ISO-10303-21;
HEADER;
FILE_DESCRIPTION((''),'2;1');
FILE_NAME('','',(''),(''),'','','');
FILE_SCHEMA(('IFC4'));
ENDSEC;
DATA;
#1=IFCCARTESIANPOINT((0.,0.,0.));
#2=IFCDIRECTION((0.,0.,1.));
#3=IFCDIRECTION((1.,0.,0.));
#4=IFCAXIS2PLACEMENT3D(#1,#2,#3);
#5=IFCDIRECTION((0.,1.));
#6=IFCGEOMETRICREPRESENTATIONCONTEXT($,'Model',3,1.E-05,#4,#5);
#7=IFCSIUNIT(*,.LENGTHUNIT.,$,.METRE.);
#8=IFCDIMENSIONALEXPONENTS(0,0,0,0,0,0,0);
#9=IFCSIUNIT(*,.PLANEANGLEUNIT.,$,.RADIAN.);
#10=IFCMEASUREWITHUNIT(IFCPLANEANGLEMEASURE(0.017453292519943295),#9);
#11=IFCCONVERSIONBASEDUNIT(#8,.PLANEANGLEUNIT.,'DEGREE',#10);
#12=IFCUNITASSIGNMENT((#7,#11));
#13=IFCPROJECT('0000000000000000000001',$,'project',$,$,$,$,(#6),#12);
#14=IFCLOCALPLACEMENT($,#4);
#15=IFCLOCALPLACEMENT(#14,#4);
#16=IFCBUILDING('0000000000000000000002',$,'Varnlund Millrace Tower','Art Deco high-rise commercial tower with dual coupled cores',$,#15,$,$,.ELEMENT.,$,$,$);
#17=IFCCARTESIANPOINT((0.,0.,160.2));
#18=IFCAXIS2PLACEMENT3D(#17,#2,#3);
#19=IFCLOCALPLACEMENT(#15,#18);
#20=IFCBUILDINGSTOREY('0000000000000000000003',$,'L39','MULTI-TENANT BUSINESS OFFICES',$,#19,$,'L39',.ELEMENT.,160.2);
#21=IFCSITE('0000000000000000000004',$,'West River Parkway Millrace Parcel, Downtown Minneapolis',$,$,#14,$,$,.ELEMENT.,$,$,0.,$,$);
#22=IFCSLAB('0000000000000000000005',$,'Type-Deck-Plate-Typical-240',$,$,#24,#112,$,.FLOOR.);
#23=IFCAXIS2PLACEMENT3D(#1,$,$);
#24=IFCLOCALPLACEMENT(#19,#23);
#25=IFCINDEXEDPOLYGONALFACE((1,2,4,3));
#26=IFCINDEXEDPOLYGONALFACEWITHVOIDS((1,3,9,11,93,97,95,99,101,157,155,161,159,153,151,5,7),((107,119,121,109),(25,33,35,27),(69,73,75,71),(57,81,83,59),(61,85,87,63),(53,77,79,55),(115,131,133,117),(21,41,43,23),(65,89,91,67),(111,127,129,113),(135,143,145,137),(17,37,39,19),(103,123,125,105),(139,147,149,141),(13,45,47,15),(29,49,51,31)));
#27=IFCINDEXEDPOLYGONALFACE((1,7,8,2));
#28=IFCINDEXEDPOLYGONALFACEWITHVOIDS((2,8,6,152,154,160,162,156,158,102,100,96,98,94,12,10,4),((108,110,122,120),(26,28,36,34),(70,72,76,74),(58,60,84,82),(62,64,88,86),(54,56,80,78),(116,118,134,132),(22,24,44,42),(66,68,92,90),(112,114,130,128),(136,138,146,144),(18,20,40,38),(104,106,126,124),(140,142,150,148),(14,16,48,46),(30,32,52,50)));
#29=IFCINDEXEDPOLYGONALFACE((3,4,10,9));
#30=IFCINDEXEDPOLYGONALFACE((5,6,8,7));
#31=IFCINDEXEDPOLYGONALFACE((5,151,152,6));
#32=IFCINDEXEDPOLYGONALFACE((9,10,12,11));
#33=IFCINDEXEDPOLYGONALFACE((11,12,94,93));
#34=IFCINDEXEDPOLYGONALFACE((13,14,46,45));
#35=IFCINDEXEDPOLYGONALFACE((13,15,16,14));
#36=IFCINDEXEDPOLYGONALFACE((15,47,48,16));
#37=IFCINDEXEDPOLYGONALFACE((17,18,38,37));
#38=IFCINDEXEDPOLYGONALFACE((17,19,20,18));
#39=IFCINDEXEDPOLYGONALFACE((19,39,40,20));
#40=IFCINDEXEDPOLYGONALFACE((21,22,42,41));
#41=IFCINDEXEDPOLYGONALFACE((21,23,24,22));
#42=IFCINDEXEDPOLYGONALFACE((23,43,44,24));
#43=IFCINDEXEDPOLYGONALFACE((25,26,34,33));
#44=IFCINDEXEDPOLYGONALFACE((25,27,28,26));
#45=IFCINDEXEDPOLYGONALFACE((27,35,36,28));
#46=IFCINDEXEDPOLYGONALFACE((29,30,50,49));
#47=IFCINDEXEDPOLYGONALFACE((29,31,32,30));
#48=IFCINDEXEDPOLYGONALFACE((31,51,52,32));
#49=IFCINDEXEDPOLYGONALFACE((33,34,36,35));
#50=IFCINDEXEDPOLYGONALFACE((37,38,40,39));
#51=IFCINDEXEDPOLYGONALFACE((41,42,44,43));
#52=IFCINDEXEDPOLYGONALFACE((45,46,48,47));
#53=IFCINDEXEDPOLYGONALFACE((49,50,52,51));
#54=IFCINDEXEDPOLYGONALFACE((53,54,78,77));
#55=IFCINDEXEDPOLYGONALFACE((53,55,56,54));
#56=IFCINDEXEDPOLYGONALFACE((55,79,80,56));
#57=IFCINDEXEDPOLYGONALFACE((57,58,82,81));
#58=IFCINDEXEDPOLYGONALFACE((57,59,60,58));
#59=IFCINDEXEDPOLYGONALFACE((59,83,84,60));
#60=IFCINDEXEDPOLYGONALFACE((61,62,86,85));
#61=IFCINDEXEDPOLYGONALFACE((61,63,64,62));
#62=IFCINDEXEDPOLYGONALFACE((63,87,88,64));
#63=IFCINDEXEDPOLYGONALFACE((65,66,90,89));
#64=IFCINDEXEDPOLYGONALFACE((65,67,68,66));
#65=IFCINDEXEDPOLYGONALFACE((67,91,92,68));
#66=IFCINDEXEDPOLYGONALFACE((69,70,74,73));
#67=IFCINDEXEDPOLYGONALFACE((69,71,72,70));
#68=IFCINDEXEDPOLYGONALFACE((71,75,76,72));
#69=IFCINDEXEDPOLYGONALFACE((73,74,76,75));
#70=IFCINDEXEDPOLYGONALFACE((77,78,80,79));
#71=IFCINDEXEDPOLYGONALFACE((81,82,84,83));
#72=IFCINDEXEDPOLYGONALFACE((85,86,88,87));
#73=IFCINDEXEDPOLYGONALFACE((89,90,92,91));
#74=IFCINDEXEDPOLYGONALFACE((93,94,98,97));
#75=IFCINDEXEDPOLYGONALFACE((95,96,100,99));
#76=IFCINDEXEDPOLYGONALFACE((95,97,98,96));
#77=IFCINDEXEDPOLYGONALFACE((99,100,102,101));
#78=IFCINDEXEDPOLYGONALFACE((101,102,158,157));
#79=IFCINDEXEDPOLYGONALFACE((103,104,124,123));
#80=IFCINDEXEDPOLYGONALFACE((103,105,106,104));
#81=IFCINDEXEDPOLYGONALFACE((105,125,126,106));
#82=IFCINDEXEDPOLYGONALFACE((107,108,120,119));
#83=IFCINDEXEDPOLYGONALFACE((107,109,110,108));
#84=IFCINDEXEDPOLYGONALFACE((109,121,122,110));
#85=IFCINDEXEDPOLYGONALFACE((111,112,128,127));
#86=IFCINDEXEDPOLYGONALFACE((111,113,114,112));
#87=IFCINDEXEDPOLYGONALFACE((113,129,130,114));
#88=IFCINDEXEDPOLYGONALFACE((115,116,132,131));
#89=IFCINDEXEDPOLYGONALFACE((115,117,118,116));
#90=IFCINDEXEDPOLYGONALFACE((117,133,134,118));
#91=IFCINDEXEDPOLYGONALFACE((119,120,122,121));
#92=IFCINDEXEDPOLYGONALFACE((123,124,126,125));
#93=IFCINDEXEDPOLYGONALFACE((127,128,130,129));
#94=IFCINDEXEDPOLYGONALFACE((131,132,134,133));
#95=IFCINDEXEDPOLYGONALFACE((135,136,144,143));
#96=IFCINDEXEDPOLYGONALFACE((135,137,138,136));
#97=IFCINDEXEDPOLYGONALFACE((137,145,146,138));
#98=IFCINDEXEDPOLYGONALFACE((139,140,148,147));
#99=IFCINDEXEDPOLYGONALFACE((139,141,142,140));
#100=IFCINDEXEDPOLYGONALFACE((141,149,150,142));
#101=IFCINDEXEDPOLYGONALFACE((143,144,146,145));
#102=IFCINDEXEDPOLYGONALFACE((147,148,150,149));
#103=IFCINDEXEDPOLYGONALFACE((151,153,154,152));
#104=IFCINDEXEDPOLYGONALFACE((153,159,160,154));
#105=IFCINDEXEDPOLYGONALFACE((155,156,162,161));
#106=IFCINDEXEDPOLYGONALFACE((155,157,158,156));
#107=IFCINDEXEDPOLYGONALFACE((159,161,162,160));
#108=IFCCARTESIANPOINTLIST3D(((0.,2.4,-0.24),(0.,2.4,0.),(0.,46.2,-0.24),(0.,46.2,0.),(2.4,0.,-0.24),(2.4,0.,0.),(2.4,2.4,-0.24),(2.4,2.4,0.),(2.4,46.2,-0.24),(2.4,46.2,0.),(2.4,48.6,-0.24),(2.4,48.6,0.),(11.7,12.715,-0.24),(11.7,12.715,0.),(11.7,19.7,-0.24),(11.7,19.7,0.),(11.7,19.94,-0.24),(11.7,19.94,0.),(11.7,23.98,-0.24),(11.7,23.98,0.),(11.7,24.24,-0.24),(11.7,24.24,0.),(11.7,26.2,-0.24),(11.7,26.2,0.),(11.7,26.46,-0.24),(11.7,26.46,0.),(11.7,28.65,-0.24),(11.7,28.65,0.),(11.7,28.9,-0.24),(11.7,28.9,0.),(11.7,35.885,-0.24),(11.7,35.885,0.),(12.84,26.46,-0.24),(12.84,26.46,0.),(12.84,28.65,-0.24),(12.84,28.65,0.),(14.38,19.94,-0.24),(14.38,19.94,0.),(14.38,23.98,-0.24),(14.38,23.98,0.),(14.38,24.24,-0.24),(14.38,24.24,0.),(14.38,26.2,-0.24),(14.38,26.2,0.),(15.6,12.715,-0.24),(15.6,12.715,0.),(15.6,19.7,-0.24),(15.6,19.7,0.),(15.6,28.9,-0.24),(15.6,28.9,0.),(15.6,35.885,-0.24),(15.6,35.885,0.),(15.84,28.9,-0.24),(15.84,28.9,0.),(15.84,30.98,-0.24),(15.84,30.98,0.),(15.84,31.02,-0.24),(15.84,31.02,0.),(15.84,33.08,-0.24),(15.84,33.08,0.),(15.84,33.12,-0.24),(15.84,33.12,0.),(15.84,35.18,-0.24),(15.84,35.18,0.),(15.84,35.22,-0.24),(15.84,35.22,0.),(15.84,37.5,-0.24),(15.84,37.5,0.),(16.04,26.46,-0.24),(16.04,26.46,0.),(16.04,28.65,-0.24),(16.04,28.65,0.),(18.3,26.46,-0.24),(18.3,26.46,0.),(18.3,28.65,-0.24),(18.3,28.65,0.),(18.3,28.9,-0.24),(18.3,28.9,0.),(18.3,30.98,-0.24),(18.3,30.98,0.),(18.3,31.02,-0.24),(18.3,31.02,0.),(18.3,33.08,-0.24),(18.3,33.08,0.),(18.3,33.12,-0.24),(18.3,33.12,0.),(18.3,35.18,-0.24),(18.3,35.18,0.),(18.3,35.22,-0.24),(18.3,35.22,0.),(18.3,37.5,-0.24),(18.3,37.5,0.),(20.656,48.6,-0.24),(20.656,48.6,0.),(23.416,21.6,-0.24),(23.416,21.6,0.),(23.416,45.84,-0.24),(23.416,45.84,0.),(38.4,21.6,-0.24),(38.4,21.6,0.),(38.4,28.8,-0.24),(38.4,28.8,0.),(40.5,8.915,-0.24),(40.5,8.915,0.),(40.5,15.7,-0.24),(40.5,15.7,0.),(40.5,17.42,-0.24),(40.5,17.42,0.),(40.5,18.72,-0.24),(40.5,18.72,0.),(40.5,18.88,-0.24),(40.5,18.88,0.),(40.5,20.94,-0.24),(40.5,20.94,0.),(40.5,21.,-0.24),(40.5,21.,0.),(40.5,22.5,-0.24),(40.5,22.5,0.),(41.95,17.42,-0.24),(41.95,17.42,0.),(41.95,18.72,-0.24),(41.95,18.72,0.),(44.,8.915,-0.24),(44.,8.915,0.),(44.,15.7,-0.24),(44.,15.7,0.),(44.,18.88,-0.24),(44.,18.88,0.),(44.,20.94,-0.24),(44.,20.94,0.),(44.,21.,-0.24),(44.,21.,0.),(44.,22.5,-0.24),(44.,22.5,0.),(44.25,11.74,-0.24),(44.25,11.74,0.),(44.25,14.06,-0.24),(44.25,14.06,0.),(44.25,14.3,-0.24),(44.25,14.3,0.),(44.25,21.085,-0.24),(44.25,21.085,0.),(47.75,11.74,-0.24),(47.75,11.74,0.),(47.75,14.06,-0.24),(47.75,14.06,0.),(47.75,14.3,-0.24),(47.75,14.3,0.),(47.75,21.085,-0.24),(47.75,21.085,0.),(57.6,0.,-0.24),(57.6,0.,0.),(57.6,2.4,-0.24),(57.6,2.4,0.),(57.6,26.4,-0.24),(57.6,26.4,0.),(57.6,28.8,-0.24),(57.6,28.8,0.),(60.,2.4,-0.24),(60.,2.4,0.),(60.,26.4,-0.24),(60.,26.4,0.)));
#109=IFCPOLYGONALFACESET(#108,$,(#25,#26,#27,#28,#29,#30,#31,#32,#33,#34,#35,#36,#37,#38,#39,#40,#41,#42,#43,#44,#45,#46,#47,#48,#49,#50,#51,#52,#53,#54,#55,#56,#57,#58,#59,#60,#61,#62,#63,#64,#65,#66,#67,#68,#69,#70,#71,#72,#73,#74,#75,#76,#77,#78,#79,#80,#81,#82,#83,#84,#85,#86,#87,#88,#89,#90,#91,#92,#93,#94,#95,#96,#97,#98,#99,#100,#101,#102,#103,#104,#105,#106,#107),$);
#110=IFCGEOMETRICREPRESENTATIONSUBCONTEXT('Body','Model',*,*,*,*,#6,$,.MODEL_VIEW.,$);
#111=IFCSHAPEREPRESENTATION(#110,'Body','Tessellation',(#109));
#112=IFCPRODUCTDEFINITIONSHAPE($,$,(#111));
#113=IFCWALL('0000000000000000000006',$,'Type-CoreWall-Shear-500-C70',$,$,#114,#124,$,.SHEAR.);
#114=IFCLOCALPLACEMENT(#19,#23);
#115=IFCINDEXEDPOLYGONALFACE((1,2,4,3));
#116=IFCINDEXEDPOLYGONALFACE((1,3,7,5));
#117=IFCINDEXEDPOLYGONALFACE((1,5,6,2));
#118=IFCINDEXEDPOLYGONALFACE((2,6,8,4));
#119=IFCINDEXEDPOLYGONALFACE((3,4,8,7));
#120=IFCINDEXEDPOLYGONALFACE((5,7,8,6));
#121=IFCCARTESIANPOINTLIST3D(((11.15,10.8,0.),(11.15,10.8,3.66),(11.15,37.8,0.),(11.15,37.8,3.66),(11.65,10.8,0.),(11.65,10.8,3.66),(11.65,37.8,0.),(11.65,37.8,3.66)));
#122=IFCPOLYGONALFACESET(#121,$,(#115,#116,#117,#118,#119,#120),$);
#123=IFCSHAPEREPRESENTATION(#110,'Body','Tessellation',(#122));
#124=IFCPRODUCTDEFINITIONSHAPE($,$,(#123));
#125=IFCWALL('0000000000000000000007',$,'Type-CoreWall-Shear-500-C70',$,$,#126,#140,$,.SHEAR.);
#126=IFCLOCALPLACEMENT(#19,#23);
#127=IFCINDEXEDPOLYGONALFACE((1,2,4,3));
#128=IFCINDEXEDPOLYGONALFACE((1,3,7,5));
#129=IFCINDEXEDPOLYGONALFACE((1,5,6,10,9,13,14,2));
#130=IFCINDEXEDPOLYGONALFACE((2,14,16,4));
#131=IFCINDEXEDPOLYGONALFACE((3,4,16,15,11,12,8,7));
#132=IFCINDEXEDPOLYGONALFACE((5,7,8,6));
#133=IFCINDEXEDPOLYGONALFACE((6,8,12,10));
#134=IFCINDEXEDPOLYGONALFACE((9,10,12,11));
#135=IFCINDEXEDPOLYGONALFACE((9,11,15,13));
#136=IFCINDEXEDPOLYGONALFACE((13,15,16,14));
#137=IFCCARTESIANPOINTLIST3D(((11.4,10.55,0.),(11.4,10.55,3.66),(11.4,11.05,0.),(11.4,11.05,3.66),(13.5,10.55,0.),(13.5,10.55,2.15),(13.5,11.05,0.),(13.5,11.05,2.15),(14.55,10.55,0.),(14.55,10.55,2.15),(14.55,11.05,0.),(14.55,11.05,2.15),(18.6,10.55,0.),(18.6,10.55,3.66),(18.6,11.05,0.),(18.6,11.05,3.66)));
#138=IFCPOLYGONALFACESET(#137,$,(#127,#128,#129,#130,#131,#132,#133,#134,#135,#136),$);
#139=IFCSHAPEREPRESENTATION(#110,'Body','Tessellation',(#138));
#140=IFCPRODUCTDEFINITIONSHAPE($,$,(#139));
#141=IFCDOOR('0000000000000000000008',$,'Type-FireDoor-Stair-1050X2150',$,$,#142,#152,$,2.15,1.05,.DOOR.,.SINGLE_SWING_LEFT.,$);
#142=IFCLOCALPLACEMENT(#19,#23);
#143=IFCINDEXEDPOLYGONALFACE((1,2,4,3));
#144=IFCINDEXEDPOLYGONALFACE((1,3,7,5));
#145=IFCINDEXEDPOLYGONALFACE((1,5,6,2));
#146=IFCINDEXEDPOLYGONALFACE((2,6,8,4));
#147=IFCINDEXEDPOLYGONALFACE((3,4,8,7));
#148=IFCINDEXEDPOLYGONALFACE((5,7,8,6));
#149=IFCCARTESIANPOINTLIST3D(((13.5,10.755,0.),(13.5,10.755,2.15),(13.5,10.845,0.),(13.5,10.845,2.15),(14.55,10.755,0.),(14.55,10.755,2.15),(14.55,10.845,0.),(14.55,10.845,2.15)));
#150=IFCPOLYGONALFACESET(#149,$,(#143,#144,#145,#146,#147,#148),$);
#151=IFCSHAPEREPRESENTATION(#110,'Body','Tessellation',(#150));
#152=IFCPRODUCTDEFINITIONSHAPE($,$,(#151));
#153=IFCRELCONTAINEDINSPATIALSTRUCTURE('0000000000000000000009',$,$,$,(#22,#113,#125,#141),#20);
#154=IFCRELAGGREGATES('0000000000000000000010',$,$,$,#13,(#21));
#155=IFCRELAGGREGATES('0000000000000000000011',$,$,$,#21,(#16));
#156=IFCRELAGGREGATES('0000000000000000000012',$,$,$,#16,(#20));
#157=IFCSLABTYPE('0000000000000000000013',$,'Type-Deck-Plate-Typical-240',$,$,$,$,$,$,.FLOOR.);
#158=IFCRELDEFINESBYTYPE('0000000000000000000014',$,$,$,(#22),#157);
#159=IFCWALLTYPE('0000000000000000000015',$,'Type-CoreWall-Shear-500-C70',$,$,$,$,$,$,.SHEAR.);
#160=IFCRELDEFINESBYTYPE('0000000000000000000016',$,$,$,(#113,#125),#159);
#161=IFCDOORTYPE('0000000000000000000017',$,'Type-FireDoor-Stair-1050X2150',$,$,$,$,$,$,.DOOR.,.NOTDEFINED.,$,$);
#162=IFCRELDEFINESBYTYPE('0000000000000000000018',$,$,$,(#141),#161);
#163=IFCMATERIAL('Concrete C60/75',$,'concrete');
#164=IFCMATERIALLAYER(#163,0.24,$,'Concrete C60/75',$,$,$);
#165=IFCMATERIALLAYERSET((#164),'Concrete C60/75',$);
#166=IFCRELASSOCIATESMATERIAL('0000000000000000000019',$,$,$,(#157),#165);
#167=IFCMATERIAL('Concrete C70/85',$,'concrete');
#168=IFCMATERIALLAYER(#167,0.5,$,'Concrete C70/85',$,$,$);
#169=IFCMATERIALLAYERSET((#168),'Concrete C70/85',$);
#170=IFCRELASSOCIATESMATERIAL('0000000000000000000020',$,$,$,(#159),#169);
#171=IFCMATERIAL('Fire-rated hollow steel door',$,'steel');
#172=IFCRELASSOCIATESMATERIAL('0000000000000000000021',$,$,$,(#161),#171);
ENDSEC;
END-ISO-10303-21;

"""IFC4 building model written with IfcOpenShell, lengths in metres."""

from ifc_helpers import new_model, entity, si_unit, converted_unit, direction, frame, origin_with_axes, origin_2d_with_axis, place, context, subcontext, project, spatial, polyline, rectangle, outline, extrude, material, layer, layer_set, type_object, element, fill, save


model = new_model("IFC4")

# Units and contexts
model_context = context("Model", 3, precision=1e-05, world=origin_with_axes(), true_north=direction((0.0, 1.0)))
body_context = subcontext(model_context, "Body", "Model", "MODEL_VIEW")
ifc_project = project(units=[si_unit("LENGTHUNIT", "METRE"), converted_unit("PLANEANGLEUNIT", "DEGREE", entity("IfcPlaneAngleMeasure", 0.017453292519943295), si_unit("PLANEANGLEUNIT", "RADIAN"), dimensions=[0, 0, 0, 0, 0, 0, 0])], contexts=[model_context])

# Site, building, storey
site_placement = place(None, origin_with_axes())
site = spatial("IfcSite", under=ifc_project, at=site_placement, Name="West River Parkway Millrace Parcel, Downtown Minneapolis", CompositionType="ELEMENT", RefElevation=0.0)
building_placement = place(site_placement, origin_with_axes())
building = spatial("IfcBuilding", under=site, at=building_placement, Name="Varnlund Millrace Tower", Description="Art Deco high-rise commercial tower with dual coupled cores", CompositionType="ELEMENT")
storey_placement = place(building_placement, frame((0.0, 0.0, 160.2), z_axis=(0.0, 0.0, 1.0), x_axis=(1.0, 0.0, 0.0)))
storey = spatial("IfcBuildingStorey", under=building, at=storey_placement, Name="L39", Description="MULTI-TENANT BUSINESS OFFICES", LongName="L39", CompositionType="ELEMENT", Elevation=160.2)

# Slab
ifc_material_1 = material(Name="Concrete C60/75", Category="concrete")
ifc_layer_1 = layer(ifc_material_1, 0.24, Name="Concrete C60/75")
ifc_layer_set_1 = layer_set([ifc_layer_1], Name="Concrete C60/75")
slab_type = type_object("IfcSlabType", Name="Type-Deck-Plate-Typical-240", PredefinedType="FLOOR", material=ifc_layer_set_1)
slab_placement = place(storey_placement, frame((0.0, 0.0, -0.24), z_axis=(0.0, 0.0, 1.0), x_axis=(1.0, 0.0, 0.0)))
element("IfcSlab", 1, at=slab_placement, inside=storey, type_object=slab_type, Name="Type-Deck-Plate-Typical-240", PredefinedType="FLOOR", context=body_context, shape_type="SweptSolid", body=[
    extrude(outline(polyline([(23.416, 21.6), (23.416, 45.84), (20.656, 48.6), (2.4, 48.6), (2.4, 46.2), (0.0, 46.2), (0.0, 2.4), (2.4, 2.4), (2.4, 0.0), (57.6, 0.0), (57.6, 2.4), (60.0, 2.4), (60.0, 26.4), (57.6, 26.4), (57.6, 28.8), (38.4, 28.8), (38.4, 21.6), (23.416, 21.6)]), holes=[polyline([(15.6, 12.715), (11.7, 12.715), (11.7, 19.7), (15.6, 19.7), (15.6, 12.715)]), polyline([(14.38, 23.98), (14.38, 19.94), (11.7, 19.94), (11.7, 23.98), (14.38, 23.98)]), polyline([(14.38, 24.24), (11.7, 24.24), (11.7, 26.2), (14.38, 26.2), (14.38, 24.24)]), polyline([(12.84, 26.46), (11.7, 26.46), (11.7, 28.65), (12.84, 28.65), (12.84, 26.46)]), polyline([(18.3, 28.9), (15.84, 28.9), (15.84, 30.98), (18.3, 30.98), (18.3, 28.9)]), polyline([(18.3, 31.02), (15.84, 31.02), (15.84, 33.08), (18.3, 33.08), (18.3, 31.02)]), polyline([(15.6, 28.9), (11.7, 28.9), (11.7, 35.885), (15.6, 35.885), (15.6, 28.9)]), polyline([(18.3, 33.12), (15.84, 33.12), (15.84, 35.18), (18.3, 35.18), (18.3, 33.12)]), polyline([(44.0, 8.915), (40.5, 8.915), (40.5, 15.7), (44.0, 15.7), (44.0, 8.915)]), polyline([(47.75, 11.74), (44.25, 11.74), (44.25, 14.06), (47.75, 14.06), (47.75, 11.74)]), polyline([(47.75, 14.3), (44.25, 14.3), (44.25, 21.085), (47.75, 21.085), (47.75, 14.3)]), polyline([(41.95, 17.42), (40.5, 17.42), (40.5, 18.72), (41.95, 18.72), (41.95, 17.42)]), polyline([(44.0, 18.88), (40.5, 18.88), (40.5, 20.94), (44.0, 20.94), (44.0, 18.88)]), polyline([(44.0, 21.0), (40.5, 21.0), (40.5, 22.5), (44.0, 22.5), (44.0, 21.0)]), polyline([(16.04, 26.46), (16.04, 28.65), (18.3, 28.65), (18.3, 26.46), (16.04, 26.46)]), polyline([(15.84, 35.22), (15.84, 37.5), (18.3, 37.5), (18.3, 35.22), (15.84, 35.22)])]), origin_with_axes(), (0.0, 0.0, 1.0), 0.24),
])

# Wall
ifc_material_2 = material(Name="Concrete C70/85", Category="concrete")
ifc_layer_2 = layer(ifc_material_2, 0.5, Name="Concrete C70/85")
ifc_layer_set_2 = layer_set([ifc_layer_2], Name="Concrete C70/85")
wall_type_1 = type_object("IfcWallType", Name="Type-CoreWall-Shear-500-C70", PredefinedType="SHEAR", material=ifc_layer_set_2)
wall_1_placement = place(storey_placement, frame((11.4, 10.8, 0.0), z_axis=(0.0, 0.0, 1.0), x_axis=(0.0, 1.0, 0.0)))
element("IfcWall", 2, at=wall_1_placement, inside=storey, type_object=wall_type_1, Name="Type-CoreWall-Shear-500-C70", PredefinedType="SHEAR", context=body_context, shape_type="SweptSolid", body=[
    extrude(outline(polyline([(0.0, -0.25), (27.0, -0.25), (27.0, 0.25), (0.0, 0.25), (0.0, -0.25)])), origin_with_axes(), (0.0, 0.0, 1.0), 3.66),
])

# Wall, opening, door
wall_2_placement = place(storey_placement, frame((11.4, 10.8, 0.0), z_axis=(0.0, 0.0, 1.0), x_axis=(1.0, 0.0, 0.0)))
wall_2 = element("IfcWall", 3, at=wall_2_placement, inside=storey, type_object=wall_type_1, Name="Type-CoreWall-Shear-500-C70", PredefinedType="SHEAR", context=body_context, shape_type="SweptSolid", body=[
    extrude(outline(polyline([(0.0, -0.25), (7.2, -0.25), (7.2, 0.25), (0.0, 0.25), (0.0, -0.25)])), origin_with_axes(), (0.0, 0.0, 1.0), 3.66),
])
opening_1_placement = place(wall_2_placement, frame((2.625, 0.0, 0.0), z_axis=(0.0, 0.0, 1.0), x_axis=(1.0, 0.0, 0.0)))
opening_1 = element("IfcOpeningElement", 4, at=opening_1_placement, cuts=wall_2, PredefinedType="OPENING", context=body_context, shape_type="SweptSolid", body=[
    extrude(rectangle(XDim=1.05, YDim=0.52, at=origin_2d_with_axis()), origin_with_axes(), (0.0, 0.0, 1.0), 2.15),
])
ifc_material_3 = material(Name="Fire-rated hollow steel door", Category="steel")
door_type_1 = type_object("IfcDoorType", Name="Type-FireDoor-Stair-1050X2150", OperationType="NOTDEFINED", PredefinedType="DOOR", material=ifc_material_3)
door_1_placement = place(wall_2_placement, frame((2.625, 0.0, 0.0), z_axis=(0.0, 0.0, 1.0), x_axis=(1.0, 0.0, 0.0)))
door_1 = element("IfcDoor", 5, at=door_1_placement, inside=storey, type_object=door_type_1, Name="Type-FireDoor-Stair-1050X2150", OperationType="SINGLE_SWING_LEFT", OverallHeight=2.15, OverallWidth=1.05, PredefinedType="DOOR", context=body_context, shape_type="SweptSolid", body=[
    extrude(rectangle(XDim=1.05, YDim=0.09, at=origin_2d_with_axis()), origin_with_axes(), (0.0, 0.0, 1.0), 2.15),
])
fill(opening_1, door_1)

save(model, "model.ifc")
